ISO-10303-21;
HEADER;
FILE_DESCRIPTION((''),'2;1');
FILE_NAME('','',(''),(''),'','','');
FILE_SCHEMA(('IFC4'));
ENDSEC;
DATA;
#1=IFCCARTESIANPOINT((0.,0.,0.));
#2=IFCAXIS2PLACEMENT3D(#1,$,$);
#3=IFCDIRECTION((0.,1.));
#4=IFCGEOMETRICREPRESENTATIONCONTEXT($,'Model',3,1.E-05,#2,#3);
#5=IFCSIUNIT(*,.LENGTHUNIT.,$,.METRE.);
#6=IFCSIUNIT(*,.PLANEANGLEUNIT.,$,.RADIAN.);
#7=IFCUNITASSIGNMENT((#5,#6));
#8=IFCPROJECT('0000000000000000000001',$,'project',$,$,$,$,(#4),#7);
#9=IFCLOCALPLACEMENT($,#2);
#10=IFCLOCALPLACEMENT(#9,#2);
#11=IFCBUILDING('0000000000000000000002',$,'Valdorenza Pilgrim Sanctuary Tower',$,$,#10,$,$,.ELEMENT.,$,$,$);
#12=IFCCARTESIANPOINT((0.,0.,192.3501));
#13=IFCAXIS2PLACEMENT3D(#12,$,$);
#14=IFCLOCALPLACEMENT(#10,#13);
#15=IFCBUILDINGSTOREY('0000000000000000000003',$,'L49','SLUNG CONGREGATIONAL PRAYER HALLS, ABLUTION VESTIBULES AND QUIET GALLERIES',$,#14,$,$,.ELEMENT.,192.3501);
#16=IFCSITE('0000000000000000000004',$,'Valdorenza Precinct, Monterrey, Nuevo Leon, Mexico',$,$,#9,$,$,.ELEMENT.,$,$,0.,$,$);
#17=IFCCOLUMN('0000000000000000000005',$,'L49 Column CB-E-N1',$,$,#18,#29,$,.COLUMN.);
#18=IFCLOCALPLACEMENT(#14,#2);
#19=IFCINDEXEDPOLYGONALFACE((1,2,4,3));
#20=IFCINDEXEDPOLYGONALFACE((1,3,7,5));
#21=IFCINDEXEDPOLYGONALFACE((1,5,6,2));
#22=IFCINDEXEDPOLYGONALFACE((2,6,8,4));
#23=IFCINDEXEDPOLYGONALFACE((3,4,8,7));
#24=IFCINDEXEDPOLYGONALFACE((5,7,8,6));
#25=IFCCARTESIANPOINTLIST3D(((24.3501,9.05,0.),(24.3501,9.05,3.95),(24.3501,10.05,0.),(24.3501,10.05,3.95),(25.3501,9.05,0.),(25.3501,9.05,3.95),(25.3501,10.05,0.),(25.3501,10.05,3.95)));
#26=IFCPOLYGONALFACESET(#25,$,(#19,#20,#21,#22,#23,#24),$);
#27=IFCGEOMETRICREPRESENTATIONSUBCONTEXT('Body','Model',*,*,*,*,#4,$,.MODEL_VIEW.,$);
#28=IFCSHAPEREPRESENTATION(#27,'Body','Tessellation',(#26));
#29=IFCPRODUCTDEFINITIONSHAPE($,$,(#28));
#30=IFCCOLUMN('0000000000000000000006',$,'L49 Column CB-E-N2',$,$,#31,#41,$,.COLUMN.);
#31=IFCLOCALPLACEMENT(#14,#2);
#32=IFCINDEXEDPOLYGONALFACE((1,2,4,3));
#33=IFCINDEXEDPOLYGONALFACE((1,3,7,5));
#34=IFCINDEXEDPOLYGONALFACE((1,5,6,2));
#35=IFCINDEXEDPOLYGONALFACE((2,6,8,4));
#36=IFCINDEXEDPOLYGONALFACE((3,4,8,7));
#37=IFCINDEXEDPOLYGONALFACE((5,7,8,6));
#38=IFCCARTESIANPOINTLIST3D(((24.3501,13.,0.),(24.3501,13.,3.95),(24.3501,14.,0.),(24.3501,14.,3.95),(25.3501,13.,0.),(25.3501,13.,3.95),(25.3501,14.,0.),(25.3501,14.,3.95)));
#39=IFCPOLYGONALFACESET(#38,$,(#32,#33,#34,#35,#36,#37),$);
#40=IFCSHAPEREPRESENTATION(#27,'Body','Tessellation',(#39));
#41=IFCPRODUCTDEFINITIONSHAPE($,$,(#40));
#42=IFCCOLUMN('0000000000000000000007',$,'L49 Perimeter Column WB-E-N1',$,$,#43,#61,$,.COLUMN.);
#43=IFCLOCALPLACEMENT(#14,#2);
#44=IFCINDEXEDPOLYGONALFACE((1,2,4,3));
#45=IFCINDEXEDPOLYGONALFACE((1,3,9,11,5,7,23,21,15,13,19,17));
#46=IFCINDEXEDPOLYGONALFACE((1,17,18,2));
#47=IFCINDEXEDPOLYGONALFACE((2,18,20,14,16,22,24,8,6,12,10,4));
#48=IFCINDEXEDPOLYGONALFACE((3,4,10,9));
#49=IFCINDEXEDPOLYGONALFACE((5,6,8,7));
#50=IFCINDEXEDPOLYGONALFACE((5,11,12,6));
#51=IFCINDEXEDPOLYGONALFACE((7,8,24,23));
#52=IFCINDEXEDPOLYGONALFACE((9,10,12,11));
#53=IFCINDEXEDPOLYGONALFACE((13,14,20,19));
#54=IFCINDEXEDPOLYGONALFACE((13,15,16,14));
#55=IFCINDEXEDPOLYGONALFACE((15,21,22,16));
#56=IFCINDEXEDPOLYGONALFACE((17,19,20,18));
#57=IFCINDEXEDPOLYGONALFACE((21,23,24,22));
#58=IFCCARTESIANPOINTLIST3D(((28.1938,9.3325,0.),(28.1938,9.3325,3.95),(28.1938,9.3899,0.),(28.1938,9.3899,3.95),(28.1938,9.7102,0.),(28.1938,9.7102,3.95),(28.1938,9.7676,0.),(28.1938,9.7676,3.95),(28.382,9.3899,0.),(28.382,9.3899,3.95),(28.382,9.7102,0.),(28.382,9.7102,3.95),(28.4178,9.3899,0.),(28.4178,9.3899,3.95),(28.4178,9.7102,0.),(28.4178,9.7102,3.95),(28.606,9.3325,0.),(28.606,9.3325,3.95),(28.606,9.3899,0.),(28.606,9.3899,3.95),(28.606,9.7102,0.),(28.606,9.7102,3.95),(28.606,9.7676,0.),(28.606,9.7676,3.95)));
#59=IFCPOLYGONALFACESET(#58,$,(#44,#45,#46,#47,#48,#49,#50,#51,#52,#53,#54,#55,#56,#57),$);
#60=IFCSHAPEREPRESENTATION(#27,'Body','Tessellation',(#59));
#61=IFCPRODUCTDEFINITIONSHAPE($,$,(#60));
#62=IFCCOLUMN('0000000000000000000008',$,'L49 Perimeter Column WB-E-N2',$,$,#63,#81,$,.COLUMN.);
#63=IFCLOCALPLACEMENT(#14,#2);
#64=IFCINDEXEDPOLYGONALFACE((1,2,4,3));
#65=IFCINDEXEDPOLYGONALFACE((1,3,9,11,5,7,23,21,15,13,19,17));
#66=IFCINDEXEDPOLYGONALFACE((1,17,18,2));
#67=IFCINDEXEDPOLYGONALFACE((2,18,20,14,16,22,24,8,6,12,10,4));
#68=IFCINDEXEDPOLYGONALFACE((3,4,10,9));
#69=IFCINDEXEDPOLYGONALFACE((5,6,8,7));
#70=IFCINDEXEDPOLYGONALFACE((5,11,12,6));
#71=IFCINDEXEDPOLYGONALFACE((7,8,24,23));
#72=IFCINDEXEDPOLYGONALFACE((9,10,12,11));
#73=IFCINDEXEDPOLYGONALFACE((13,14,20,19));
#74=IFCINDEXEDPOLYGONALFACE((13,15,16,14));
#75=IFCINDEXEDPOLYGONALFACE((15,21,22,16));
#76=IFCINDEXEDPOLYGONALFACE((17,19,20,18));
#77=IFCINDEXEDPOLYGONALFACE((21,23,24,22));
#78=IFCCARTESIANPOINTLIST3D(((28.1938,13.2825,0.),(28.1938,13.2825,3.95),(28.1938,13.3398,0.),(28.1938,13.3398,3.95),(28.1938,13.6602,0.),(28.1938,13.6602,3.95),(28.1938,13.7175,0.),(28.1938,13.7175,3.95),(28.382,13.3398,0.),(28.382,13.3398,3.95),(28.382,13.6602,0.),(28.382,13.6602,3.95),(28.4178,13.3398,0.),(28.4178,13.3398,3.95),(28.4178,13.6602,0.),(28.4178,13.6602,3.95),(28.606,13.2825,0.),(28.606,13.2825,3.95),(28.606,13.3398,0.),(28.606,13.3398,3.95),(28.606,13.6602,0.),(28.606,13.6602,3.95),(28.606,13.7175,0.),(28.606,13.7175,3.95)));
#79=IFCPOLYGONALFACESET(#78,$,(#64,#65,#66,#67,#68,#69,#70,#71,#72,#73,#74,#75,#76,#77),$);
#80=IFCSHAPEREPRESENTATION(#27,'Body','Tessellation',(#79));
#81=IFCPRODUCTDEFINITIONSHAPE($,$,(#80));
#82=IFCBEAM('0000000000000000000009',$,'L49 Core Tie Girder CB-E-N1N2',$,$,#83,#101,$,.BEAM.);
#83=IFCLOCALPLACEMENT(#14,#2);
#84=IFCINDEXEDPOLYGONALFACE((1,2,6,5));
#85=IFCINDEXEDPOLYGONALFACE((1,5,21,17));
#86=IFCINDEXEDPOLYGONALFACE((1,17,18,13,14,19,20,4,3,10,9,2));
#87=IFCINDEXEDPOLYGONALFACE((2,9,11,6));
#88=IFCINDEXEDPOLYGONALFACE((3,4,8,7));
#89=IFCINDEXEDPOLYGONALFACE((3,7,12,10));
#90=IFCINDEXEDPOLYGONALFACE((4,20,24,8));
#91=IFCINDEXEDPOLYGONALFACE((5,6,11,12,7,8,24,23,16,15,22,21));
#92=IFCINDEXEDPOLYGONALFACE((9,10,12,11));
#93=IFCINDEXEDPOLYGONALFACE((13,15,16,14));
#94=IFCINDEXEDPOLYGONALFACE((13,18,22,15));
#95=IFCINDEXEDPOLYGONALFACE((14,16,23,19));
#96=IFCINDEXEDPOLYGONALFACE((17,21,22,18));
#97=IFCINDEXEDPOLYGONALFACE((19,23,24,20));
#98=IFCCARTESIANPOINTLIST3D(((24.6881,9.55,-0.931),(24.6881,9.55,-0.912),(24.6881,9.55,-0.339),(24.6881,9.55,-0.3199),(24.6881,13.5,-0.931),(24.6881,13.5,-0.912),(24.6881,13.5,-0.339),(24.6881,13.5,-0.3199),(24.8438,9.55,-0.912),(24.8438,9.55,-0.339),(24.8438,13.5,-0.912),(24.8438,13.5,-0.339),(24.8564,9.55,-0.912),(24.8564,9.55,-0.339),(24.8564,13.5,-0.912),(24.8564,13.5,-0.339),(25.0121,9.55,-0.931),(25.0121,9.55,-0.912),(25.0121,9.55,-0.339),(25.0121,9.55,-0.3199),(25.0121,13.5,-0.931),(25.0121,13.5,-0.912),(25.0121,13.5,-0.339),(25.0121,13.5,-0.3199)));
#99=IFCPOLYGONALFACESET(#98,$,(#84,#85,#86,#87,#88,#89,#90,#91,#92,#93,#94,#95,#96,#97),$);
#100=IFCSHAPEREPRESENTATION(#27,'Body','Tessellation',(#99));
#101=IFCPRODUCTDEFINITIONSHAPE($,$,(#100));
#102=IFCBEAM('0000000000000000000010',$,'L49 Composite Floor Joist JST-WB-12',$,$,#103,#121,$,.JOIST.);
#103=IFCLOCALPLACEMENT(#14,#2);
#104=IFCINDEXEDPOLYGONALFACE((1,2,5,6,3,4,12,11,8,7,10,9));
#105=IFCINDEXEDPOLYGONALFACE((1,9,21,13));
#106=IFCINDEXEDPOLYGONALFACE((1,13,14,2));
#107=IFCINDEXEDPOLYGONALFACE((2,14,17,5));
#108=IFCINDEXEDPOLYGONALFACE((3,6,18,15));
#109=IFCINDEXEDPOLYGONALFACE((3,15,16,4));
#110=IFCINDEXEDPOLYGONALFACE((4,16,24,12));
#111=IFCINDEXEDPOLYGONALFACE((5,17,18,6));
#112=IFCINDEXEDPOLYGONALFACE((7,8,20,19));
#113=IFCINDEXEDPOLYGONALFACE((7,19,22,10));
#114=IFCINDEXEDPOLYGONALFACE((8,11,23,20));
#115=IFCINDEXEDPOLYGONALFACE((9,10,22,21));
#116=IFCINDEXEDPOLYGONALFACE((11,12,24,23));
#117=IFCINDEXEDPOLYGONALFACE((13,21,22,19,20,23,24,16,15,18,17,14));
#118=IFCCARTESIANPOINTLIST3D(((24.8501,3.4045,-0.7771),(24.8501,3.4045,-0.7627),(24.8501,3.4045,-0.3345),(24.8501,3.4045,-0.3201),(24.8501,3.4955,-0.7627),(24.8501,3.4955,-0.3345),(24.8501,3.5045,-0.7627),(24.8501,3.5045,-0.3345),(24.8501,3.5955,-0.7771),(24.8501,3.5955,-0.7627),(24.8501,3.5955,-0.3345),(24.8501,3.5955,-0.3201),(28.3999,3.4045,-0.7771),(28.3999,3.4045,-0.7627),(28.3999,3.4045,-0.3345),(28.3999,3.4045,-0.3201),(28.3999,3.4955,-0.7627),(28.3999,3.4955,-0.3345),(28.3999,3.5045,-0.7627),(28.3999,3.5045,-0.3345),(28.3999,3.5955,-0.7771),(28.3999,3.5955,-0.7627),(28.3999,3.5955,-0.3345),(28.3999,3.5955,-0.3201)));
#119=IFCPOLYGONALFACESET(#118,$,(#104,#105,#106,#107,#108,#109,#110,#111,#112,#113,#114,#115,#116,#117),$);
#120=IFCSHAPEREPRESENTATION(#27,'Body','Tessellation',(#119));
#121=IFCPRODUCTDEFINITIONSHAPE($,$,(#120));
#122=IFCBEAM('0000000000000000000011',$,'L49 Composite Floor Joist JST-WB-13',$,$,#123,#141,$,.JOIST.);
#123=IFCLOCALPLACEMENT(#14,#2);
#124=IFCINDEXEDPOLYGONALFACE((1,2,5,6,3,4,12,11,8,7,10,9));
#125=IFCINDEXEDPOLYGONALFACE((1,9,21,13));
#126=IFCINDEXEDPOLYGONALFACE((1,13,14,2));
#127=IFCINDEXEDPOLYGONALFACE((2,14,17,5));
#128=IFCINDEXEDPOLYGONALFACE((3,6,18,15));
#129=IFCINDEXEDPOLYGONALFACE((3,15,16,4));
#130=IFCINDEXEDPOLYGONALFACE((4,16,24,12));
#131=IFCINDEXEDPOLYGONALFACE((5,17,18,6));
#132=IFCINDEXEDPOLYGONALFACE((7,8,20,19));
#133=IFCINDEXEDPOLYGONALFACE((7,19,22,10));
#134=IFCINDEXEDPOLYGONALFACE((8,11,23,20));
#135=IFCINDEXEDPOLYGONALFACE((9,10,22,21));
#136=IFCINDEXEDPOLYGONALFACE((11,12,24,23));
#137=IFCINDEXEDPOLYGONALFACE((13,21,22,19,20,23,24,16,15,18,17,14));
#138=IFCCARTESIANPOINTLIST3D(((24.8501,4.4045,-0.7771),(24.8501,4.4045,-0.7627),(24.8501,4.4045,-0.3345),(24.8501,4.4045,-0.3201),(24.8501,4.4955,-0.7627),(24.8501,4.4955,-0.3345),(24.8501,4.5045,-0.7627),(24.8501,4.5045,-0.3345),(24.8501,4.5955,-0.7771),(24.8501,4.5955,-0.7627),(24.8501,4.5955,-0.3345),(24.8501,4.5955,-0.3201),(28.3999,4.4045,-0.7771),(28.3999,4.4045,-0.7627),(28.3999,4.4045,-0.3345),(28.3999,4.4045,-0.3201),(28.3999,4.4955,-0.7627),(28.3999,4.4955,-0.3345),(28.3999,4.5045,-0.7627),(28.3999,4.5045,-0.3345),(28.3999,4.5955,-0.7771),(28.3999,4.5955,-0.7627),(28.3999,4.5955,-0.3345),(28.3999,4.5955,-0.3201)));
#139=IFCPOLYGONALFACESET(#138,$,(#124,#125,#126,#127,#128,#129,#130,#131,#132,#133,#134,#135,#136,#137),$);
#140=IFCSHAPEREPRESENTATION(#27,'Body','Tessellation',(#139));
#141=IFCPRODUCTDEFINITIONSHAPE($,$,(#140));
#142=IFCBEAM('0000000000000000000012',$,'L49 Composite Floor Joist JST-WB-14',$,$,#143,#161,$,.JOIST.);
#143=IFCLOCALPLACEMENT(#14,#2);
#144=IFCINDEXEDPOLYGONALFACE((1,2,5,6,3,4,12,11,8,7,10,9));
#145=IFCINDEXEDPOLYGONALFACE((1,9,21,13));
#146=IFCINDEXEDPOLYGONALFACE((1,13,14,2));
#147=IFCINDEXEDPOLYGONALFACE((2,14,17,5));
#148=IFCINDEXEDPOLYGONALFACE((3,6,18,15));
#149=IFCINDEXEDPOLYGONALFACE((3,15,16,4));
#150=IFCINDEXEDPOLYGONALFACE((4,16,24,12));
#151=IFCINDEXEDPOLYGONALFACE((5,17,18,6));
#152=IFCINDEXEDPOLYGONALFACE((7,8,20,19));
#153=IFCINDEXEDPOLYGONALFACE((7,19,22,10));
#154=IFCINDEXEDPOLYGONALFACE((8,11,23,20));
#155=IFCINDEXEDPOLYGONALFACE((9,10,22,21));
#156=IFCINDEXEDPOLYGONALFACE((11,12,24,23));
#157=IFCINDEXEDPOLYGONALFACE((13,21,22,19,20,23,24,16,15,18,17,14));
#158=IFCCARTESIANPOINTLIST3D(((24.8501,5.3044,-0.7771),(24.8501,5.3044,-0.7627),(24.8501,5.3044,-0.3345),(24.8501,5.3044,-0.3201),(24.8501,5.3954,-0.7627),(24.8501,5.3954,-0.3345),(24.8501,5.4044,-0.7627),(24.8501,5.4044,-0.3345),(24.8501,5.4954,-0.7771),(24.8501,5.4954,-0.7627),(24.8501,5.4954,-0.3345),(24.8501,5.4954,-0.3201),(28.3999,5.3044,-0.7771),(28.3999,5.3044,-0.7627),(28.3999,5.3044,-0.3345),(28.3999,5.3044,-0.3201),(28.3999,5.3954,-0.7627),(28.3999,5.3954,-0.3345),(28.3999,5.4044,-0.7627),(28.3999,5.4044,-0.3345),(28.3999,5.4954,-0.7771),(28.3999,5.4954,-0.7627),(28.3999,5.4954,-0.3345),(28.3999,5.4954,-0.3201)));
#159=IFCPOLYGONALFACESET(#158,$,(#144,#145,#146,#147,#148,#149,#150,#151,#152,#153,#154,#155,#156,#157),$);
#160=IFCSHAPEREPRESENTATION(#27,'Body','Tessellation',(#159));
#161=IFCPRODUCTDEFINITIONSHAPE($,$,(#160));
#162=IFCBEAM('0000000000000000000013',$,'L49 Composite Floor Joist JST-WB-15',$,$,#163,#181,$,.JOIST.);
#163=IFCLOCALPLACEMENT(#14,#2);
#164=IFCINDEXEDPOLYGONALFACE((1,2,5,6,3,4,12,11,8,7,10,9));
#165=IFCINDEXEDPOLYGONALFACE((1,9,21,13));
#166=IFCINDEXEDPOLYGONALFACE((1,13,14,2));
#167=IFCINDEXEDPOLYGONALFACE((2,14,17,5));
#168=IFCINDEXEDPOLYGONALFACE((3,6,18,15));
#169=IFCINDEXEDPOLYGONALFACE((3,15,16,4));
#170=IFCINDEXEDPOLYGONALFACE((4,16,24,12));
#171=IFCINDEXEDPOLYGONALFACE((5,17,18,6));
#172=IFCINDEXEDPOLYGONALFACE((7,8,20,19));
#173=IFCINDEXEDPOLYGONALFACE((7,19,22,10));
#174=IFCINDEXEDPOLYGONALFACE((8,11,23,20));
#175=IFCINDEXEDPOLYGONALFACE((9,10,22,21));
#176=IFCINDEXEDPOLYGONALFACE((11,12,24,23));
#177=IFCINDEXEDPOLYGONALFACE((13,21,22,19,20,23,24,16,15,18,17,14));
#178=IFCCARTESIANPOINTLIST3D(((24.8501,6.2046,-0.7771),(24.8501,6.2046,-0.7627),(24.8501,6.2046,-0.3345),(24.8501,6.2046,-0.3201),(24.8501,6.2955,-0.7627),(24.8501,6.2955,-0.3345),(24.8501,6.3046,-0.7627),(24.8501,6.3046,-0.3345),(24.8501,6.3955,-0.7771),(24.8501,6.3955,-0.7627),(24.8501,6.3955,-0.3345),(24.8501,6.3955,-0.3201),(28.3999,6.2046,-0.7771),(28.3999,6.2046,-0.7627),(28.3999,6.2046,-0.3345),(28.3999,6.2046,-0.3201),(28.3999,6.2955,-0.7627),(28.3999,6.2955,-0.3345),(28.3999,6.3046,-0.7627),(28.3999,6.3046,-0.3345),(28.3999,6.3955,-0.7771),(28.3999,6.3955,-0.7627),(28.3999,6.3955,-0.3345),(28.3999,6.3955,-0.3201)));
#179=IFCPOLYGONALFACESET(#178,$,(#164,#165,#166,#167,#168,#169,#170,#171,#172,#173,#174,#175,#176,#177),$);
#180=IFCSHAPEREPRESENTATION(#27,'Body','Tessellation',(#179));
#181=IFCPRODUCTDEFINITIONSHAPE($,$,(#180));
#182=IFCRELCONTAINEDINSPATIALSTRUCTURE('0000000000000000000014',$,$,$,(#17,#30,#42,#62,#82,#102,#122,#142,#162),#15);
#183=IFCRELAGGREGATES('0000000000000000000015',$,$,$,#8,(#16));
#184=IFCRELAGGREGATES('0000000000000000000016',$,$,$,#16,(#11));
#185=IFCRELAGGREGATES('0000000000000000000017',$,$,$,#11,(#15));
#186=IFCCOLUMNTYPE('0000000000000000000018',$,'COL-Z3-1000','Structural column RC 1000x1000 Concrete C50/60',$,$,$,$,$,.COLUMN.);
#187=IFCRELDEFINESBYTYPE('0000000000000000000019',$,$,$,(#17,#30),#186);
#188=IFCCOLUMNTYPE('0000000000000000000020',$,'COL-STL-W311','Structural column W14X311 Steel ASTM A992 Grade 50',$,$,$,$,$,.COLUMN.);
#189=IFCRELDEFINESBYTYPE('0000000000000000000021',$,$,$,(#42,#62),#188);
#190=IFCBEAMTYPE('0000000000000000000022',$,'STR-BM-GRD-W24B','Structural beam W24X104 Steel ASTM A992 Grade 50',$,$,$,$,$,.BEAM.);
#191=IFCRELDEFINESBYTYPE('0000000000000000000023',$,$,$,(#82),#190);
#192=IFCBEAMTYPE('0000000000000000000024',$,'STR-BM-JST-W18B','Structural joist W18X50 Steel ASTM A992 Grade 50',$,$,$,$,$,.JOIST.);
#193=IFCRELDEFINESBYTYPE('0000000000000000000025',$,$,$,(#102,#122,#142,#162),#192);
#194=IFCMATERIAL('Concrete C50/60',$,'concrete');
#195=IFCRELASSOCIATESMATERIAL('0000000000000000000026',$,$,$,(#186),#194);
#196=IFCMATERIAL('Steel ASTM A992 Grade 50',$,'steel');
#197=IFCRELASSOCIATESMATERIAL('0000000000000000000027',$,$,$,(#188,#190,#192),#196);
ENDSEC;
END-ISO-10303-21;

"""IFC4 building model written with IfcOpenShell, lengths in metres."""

from ifc_helpers import new_model, si_unit, direction, frame, origin, origin_2d, place, context, subcontext, project, spatial, rectangle, i_section, extrude, source, transform, mapped, material, material_profile, profile_set, type_object, element, save


model = new_model("IFC4")

# Units and contexts
model_context = context("Model", 3, precision=1e-05, world=origin(), true_north=direction((0.0, 1.0)))
body_context = subcontext(model_context, "Body", "Model", "MODEL_VIEW")
ifc_project = project(units=[si_unit("LENGTHUNIT", "METRE"), si_unit("PLANEANGLEUNIT", "RADIAN")], contexts=[model_context])

# Site, building, storey
site_placement = place(None, origin())
site = spatial("IfcSite", under=ifc_project, at=site_placement, Name="Valdorenza Precinct, Monterrey, Nuevo Leon, Mexico", CompositionType="ELEMENT", RefElevation=0.0)
building_placement = place(site_placement, origin())
building = spatial("IfcBuilding", under=site, at=building_placement, Name="Valdorenza Pilgrim Sanctuary Tower", CompositionType="ELEMENT")
storey_placement = place(building_placement, frame((0.0, 0.0, 192.3501)))
storey = spatial("IfcBuildingStorey", under=building, at=storey_placement, Name="L49", Description="SLUNG CONGREGATIONAL PRAYER HALLS, ABLUTION VESTIBULES AND QUIET GALLERIES", CompositionType="ELEMENT", Elevation=192.3501)

# Columns
ifc_material_1 = material(Name="Concrete C50/60", Category="concrete")
ifc_material_profile_1 = material_profile(ifc_material_1, rectangle(XDim=1.0, YDim=1.0, at=origin_2d()), Name="RC 1000x1000")
ifc_profile_set_1 = profile_set([ifc_material_profile_1], Name="Concrete C50/60")
column_type_1 = type_object("IfcColumnType", Name="COL-Z3-1000", Description="Structural column RC 1000x1000 Concrete C50/60", PredefinedType="COLUMN", material=ifc_profile_set_1)
shared_shape_1 = source(origin(), body_context, "Body", "SweptSolid", [
    extrude(rectangle(XDim=1.0, YDim=1.0, at=origin_2d()), origin(), (0.0, 0.0, 1.0), 3.95),
])
for number, where, z_axis, x_axis, name in (
    (1, (24.8501, 9.55, 0.0), (0.0, 0.0, 1.0), (1.0, 0.0, 0.0), "L49 Column CB-E-N1"),
    (2, (24.8501, 13.5, 0.0), (0.0, 0.0, 1.0), (1.0, 0.0, 0.0), "L49 Column CB-E-N2"),
):
    element("IfcColumn", number, at=place(storey_placement, frame(where, z_axis=z_axis, x_axis=x_axis)), inside=storey, type_object=column_type_1, Name=name, PredefinedType="COLUMN", context=body_context, shape_type="MappedRepresentation", body=[
        mapped(shared_shape_1, transform((0.0, 0.0, 0.0), x_axis=(1.0, 0.0, 0.0), y_axis=(0.0, 1.0, 0.0), z_axis=(0.0, 0.0, 1.0), scale=1.0)),
    ])
ifc_material_2 = material(Name="Steel ASTM A992 Grade 50", Category="steel")
ifc_material_profile_2 = material_profile(ifc_material_2, i_section(OverallWidth=0.4121, OverallDepth=0.4351, WebThickness=0.0359, FlangeThickness=0.0574, at=origin_2d()), Name="W14X311")
ifc_profile_set_2 = profile_set([ifc_material_profile_2], Name="Steel ASTM A992 Grade 50")
column_type_2 = type_object("IfcColumnType", Name="COL-STL-W311", Description="Structural column W14X311 Steel ASTM A992 Grade 50", PredefinedType="COLUMN", material=ifc_profile_set_2)
shared_shape_2 = source(origin(), body_context, "Body", "SweptSolid", [
    extrude(i_section(OverallWidth=0.4121, OverallDepth=0.4351, WebThickness=0.0359, FlangeThickness=0.0574, at=origin_2d()), origin(), (0.0, 0.0, 1.0), 3.95),
])
for number, where, z_axis, x_axis, name in (
    (3, (28.3999, 9.55, 0.0), (0.0, 0.0, 1.0), (1.0, 0.0, 0.0), "L49 Perimeter Column WB-E-N1"),
    (4, (28.3999, 13.5, 0.0), (0.0, 0.0, 1.0), (1.0, 0.0, 0.0), "L49 Perimeter Column WB-E-N2"),
):
    element("IfcColumn", number, at=place(storey_placement, frame(where, z_axis=z_axis, x_axis=x_axis)), inside=storey, type_object=column_type_2, Name=name, PredefinedType="COLUMN", context=body_context, shape_type="MappedRepresentation", body=[
        mapped(shared_shape_2, transform((0.0, 0.0, 0.0), x_axis=(1.0, 0.0, 0.0), y_axis=(0.0, 1.0, 0.0), z_axis=(0.0, 0.0, 1.0), scale=1.0)),
    ])

# Beams
ifc_material_profile_3 = material_profile(ifc_material_2, i_section(OverallWidth=0.324, OverallDepth=0.6111, WebThickness=0.0127, FlangeThickness=0.019, at=origin_2d()), Name="W24X104")
ifc_profile_set_3 = profile_set([ifc_material_profile_3], Name="Steel ASTM A992 Grade 50")
beam_type_1 = type_object("IfcBeamType", Name="STR-BM-GRD-W24B", Description="Structural beam W24X104 Steel ASTM A992 Grade 50", PredefinedType="BEAM", material=ifc_profile_set_3)
shared_shape_3 = source(origin(), body_context, "Body", "SweptSolid", [
    extrude(i_section(OverallWidth=0.324, OverallDepth=0.6111, WebThickness=0.0127, FlangeThickness=0.019, at=origin_2d()), origin(), (0.0, 0.0, 1.0), 3.95),
])
beam_1_placement = place(storey_placement, frame((24.8501, 9.55, -0.6255), z_axis=(0.0, 1.0, 0.0), x_axis=(-1.0, 0.0, 0.0)))
element("IfcBeam", 5, at=beam_1_placement, inside=storey, type_object=beam_type_1, Name="L49 Core Tie Girder CB-E-N1N2", PredefinedType="BEAM", context=body_context, shape_type="MappedRepresentation", body=[
    mapped(shared_shape_3, transform((0.0, 0.0, 0.0), x_axis=(1.0, 0.0, 0.0), y_axis=(0.0, 1.0, 0.0), z_axis=(0.0, 0.0, 1.0), scale=1.0)),
])
ifc_material_profile_4 = material_profile(ifc_material_2, i_section(OverallWidth=0.1909, OverallDepth=0.457, WebThickness=0.009, FlangeThickness=0.0144, at=origin_2d()), Name="W18X50")
ifc_profile_set_4 = profile_set([ifc_material_profile_4], Name="Steel ASTM A992 Grade 50")
beam_type_2 = type_object("IfcBeamType", Name="STR-BM-JST-W18B", Description="Structural joist W18X50 Steel ASTM A992 Grade 50", PredefinedType="JOIST", material=ifc_profile_set_4)
shared_shape_4 = source(origin(), body_context, "Body", "SweptSolid", [
    extrude(i_section(OverallWidth=0.1909, OverallDepth=0.457, WebThickness=0.009, FlangeThickness=0.0144, at=origin_2d()), origin(), (0.0, 0.0, 1.0), 3.5498),
])
for number, where, z_axis, x_axis, name in (
    (6, (24.8501, 3.5, -0.5486), (1.0, 0.0, 0.0), (0.0, 1.0, 0.0), "L49 Composite Floor Joist JST-WB-12"),
    (7, (24.8501, 4.5, -0.5486), (1.0, 0.0, 0.0), (0.0, 1.0, 0.0), "L49 Composite Floor Joist JST-WB-13"),
    (8, (24.8501, 5.3999, -0.5486), (1.0, 0.0, 0.0), (0.0, 1.0, 0.0), "L49 Composite Floor Joist JST-WB-14"),
    (9, (24.8501, 6.3, -0.5486), (1.0, 0.0, 0.0), (0.0, 1.0, 0.0), "L49 Composite Floor Joist JST-WB-15"),
):
    element("IfcBeam", number, at=place(storey_placement, frame(where, z_axis=z_axis, x_axis=x_axis)), inside=storey, type_object=beam_type_2, Name=name, PredefinedType="JOIST", context=body_context, shape_type="MappedRepresentation", body=[
        mapped(shared_shape_4, transform((0.0, 0.0, 0.0), x_axis=(1.0, 0.0, 0.0), y_axis=(0.0, 1.0, 0.0), z_axis=(0.0, 0.0, 1.0), scale=1.0)),
    ])

save(model, "model.ifc")
